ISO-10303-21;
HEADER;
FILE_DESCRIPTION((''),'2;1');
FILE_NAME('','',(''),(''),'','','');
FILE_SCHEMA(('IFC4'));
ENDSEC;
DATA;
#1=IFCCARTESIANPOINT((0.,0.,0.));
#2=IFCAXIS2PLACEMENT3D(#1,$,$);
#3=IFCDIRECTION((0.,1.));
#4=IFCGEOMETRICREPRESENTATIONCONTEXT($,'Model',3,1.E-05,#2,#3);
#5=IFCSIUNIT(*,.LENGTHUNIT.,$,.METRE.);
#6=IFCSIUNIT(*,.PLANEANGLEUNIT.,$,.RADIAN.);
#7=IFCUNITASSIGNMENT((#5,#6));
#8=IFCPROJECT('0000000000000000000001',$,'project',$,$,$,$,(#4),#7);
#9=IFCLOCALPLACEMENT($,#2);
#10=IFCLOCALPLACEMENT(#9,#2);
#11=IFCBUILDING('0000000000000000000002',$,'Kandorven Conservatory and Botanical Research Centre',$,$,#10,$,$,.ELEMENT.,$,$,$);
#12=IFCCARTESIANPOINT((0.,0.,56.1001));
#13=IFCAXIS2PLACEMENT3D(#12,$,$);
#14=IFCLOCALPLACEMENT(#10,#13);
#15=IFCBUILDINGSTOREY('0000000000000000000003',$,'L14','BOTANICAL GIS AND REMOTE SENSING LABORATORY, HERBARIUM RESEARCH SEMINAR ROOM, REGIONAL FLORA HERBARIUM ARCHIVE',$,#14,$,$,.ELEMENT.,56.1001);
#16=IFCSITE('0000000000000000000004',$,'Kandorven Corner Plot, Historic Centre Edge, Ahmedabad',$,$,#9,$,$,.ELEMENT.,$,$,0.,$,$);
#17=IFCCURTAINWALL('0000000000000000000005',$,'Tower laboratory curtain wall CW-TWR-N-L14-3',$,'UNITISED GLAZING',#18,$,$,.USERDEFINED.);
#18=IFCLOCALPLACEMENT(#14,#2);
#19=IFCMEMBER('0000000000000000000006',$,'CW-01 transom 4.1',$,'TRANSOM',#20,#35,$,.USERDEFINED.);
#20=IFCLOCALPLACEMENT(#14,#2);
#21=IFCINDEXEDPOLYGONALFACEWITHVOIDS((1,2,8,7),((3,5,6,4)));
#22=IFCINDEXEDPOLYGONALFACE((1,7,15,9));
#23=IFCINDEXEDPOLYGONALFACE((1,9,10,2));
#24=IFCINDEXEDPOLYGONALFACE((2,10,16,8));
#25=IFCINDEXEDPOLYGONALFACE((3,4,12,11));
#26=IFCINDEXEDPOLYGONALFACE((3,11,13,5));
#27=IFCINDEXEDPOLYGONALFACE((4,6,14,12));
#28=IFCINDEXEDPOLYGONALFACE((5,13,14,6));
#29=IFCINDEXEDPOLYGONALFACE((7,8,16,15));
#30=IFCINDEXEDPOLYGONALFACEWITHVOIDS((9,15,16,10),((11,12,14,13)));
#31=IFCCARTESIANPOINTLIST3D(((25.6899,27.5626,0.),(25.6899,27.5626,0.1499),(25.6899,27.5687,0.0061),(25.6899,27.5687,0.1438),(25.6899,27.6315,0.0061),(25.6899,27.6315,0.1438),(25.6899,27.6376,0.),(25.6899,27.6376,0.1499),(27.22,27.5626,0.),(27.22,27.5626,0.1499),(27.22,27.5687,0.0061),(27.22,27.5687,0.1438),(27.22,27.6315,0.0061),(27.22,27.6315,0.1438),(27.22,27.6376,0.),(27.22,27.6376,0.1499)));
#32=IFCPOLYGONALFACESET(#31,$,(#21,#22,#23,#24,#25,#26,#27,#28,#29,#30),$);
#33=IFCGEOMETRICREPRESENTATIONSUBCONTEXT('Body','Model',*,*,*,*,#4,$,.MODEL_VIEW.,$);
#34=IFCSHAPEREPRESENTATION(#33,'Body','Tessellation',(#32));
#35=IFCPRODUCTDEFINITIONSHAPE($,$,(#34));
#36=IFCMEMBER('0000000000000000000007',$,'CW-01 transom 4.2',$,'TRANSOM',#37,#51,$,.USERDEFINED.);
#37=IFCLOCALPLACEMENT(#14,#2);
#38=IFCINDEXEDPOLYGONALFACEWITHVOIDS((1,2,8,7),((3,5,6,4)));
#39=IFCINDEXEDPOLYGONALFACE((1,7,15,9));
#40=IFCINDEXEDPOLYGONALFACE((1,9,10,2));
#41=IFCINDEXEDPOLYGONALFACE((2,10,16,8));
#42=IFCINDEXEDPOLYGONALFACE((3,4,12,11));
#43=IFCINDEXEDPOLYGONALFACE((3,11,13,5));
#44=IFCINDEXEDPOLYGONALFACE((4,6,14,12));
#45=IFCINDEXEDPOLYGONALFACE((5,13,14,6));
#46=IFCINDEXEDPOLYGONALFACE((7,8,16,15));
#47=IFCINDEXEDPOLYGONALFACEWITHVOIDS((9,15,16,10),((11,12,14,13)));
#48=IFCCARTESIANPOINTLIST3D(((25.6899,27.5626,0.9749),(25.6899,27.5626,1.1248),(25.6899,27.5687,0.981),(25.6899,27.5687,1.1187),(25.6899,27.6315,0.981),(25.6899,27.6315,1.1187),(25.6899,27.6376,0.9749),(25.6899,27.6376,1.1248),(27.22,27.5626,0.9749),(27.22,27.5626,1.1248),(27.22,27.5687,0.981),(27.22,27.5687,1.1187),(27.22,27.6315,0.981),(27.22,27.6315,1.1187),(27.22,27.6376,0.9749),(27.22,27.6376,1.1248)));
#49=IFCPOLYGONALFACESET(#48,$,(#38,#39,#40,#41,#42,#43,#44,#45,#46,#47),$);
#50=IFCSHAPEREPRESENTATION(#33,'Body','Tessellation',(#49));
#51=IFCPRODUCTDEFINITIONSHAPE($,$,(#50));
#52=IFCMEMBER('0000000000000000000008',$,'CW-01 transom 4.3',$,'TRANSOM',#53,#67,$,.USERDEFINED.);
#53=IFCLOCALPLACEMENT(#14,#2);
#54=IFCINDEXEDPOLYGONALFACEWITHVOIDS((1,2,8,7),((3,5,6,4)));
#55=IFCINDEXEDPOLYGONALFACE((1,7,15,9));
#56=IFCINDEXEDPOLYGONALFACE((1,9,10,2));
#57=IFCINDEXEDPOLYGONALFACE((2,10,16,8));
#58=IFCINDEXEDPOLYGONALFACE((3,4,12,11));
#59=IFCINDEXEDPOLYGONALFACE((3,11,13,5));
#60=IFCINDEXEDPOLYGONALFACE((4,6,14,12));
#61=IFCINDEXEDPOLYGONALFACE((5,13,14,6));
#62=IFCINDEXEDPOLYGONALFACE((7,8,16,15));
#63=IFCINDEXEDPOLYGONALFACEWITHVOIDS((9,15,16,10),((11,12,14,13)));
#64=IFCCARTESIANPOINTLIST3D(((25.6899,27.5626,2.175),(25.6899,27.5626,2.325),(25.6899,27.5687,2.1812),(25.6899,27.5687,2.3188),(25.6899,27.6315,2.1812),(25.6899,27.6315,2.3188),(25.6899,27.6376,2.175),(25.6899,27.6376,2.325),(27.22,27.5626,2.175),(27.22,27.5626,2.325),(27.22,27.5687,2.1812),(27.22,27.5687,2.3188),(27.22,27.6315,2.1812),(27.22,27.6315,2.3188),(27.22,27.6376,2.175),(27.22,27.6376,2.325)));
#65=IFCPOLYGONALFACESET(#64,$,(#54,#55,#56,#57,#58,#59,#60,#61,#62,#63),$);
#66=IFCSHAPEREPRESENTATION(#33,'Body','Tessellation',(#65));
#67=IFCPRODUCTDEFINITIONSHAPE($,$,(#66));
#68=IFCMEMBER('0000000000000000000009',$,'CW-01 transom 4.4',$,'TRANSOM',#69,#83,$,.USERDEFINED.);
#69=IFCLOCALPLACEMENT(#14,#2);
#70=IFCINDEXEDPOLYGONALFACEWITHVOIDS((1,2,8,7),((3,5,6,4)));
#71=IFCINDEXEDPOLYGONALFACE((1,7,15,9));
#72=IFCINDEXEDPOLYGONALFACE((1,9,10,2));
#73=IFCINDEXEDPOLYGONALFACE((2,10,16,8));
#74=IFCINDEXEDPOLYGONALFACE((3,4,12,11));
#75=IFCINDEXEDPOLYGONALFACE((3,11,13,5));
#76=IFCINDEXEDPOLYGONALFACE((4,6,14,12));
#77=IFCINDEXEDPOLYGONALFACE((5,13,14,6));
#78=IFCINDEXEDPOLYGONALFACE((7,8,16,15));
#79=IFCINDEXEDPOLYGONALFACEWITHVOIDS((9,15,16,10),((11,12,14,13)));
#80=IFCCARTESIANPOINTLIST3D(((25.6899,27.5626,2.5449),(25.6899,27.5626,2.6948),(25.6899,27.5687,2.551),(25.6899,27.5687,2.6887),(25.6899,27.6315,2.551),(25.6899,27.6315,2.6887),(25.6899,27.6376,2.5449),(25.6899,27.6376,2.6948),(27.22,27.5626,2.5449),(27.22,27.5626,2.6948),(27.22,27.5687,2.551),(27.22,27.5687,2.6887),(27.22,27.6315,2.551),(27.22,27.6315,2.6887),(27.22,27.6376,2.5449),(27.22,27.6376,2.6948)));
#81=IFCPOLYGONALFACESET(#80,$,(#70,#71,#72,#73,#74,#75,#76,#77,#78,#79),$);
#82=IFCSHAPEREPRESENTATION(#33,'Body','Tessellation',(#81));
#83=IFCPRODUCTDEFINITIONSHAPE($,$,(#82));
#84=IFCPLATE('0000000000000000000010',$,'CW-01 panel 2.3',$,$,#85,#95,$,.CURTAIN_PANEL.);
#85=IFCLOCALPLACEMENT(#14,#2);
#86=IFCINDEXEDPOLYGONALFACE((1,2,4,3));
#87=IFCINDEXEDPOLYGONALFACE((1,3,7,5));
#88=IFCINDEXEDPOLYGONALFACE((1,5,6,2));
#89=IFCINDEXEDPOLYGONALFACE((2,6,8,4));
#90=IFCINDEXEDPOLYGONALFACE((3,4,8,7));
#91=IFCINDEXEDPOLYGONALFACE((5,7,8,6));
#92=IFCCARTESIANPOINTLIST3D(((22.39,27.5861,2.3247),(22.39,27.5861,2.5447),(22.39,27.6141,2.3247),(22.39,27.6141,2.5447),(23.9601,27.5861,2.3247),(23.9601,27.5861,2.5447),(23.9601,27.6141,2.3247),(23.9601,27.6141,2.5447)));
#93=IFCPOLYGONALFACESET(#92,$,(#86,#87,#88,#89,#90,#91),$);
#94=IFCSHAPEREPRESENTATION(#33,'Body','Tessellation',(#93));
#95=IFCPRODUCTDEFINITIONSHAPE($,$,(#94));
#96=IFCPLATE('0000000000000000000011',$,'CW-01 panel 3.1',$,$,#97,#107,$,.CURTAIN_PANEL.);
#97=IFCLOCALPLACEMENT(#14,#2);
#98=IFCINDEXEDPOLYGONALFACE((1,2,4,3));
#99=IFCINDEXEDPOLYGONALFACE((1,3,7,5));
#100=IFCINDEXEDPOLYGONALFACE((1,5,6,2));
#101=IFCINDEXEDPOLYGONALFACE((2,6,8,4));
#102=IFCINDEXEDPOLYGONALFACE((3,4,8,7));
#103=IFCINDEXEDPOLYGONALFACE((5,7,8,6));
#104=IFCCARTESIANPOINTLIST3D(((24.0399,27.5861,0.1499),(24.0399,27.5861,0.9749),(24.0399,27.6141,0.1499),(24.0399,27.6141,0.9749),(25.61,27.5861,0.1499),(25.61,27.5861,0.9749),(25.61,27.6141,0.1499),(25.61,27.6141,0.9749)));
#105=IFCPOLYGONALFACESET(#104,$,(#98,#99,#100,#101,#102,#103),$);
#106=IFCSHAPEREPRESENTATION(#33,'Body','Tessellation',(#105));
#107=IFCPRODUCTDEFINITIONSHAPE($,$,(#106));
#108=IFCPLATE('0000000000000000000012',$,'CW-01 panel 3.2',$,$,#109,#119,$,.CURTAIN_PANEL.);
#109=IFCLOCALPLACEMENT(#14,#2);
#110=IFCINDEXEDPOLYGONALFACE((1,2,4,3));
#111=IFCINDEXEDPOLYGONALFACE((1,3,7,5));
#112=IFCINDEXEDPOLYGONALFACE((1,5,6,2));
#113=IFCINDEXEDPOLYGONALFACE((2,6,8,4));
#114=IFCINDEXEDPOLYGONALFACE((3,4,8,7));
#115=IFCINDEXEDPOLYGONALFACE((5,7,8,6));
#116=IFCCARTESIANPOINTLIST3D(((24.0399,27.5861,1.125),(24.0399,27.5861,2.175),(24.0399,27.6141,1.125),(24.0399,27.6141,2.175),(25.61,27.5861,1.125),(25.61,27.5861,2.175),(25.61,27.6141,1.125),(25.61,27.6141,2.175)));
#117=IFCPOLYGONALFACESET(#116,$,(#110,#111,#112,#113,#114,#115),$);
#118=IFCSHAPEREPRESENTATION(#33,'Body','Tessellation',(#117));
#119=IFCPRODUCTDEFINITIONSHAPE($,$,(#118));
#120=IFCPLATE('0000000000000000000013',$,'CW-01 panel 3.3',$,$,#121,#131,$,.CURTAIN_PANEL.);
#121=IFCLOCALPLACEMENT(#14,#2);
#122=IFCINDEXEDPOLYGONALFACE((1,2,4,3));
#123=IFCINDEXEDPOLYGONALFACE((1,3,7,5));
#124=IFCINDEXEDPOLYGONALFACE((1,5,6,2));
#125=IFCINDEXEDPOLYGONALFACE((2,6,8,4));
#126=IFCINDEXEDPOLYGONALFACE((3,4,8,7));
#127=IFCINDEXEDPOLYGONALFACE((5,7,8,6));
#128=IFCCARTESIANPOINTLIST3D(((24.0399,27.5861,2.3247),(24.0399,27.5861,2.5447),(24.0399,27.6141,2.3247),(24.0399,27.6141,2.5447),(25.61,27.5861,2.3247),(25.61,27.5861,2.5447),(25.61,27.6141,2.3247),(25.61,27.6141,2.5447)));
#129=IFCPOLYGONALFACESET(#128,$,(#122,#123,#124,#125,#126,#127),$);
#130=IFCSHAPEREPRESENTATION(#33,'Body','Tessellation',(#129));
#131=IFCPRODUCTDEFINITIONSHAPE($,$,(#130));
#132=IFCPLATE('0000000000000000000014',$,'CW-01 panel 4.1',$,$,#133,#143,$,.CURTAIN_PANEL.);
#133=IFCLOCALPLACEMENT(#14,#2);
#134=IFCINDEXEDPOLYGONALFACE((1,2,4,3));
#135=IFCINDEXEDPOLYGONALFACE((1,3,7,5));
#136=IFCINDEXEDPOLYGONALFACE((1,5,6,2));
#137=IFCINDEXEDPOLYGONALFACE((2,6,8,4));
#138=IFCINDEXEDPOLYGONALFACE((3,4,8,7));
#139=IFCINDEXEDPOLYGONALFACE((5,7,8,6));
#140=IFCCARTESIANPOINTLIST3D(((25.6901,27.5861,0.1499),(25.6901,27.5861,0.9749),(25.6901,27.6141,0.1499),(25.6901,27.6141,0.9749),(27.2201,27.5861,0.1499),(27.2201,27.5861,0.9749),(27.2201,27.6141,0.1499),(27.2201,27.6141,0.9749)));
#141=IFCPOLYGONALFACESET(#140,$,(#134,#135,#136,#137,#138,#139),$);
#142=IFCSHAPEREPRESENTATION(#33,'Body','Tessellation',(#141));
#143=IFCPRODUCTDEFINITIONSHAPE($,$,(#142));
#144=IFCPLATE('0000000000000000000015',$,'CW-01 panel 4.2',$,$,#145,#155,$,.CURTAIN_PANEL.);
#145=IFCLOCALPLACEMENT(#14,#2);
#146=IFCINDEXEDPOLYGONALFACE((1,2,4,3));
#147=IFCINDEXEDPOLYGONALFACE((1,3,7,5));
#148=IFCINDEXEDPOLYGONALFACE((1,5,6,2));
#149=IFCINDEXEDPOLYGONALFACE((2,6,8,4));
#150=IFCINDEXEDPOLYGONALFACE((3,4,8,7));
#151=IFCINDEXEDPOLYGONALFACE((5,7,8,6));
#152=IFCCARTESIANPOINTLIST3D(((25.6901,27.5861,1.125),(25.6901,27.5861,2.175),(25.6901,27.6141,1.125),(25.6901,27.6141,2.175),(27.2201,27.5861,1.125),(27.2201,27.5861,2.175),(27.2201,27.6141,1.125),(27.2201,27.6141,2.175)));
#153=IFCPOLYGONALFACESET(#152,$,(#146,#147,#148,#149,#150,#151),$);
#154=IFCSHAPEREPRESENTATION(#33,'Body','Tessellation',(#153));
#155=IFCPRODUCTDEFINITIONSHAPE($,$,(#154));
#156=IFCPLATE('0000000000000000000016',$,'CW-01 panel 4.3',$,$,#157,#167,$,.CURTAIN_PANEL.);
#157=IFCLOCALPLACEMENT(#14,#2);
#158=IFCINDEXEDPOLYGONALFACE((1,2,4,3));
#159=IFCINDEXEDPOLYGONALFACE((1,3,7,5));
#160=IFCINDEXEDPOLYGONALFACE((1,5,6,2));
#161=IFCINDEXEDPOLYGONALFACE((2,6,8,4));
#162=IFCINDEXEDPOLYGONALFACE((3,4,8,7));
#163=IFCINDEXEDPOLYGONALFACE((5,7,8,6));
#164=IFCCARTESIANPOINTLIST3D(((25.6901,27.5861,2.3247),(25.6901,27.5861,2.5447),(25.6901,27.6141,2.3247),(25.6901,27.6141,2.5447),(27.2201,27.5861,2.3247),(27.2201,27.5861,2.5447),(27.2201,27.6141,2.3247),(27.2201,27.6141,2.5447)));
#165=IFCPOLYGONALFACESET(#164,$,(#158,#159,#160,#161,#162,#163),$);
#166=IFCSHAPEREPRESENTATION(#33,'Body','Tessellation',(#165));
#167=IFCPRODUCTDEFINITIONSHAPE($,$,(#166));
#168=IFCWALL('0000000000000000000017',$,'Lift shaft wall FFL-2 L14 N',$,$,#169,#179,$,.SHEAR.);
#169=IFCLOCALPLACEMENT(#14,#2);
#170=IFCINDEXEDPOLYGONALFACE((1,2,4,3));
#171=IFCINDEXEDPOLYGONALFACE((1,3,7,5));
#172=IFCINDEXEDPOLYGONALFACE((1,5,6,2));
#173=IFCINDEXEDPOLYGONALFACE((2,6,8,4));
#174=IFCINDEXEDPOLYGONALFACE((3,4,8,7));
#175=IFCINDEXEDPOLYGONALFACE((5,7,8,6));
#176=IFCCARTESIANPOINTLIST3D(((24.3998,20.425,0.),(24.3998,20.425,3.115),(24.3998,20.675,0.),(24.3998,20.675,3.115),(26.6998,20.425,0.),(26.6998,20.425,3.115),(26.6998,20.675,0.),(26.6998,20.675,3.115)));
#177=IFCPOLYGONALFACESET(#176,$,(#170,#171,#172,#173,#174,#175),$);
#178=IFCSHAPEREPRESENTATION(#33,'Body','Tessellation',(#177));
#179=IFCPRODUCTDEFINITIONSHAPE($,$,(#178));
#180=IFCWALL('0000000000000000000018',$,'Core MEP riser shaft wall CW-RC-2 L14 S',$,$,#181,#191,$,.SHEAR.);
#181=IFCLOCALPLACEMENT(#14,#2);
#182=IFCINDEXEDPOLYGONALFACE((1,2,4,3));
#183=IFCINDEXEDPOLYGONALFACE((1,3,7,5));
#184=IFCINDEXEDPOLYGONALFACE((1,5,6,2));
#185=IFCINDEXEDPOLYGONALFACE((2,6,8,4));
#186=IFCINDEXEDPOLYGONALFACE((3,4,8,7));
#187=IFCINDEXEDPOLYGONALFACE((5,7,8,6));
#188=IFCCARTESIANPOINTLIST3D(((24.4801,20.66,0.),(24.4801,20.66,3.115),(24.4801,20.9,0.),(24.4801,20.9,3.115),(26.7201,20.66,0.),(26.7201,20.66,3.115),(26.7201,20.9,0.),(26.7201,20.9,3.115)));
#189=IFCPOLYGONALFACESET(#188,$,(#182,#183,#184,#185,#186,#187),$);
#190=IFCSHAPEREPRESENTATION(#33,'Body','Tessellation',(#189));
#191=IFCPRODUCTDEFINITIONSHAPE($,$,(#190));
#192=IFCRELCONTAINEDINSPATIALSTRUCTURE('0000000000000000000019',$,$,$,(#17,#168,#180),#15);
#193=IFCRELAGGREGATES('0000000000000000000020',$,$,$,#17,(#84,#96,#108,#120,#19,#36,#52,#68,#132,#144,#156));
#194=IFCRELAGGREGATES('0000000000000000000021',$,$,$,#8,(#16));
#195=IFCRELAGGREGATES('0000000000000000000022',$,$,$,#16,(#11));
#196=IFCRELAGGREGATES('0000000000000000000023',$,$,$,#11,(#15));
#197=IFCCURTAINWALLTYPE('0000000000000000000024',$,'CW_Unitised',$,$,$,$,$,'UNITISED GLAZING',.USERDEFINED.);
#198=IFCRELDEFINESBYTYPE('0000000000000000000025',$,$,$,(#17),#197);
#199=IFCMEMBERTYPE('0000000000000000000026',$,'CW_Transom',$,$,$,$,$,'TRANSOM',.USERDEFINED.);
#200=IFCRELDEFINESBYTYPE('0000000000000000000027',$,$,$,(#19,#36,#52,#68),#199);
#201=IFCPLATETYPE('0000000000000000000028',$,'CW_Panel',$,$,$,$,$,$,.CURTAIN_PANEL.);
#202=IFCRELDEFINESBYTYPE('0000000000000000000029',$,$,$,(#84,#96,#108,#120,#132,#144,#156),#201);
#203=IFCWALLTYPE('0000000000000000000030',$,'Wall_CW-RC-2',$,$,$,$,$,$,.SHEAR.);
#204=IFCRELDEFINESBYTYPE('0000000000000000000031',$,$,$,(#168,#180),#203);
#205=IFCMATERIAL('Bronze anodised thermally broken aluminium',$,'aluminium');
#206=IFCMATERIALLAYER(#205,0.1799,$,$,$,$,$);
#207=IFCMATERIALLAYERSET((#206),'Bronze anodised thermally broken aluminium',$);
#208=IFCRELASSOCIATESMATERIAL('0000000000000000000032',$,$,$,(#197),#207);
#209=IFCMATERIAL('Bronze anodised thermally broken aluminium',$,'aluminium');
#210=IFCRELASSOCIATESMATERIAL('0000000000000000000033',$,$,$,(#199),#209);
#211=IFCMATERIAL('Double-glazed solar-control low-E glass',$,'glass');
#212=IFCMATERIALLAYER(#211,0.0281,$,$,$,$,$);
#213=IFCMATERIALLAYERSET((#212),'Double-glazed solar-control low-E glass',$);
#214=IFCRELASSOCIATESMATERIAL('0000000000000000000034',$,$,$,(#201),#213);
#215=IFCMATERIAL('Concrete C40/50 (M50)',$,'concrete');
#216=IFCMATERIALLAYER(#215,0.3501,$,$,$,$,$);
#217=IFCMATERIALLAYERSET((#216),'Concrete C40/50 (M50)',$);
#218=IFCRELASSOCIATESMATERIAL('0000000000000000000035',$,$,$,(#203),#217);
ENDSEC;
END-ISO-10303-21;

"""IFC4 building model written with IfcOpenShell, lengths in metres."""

from ifc_helpers import new_model, si_unit, direction, frame, frame_2d, origin, origin_2d, place, context, subcontext, project, spatial, rectangle, hollow_rectangle, extrude, material, layer, layer_set, material_profile, profile_set, type_object, element, aggregate, save


model = new_model("IFC4")

# Units and contexts
model_context = context("Model", 3, precision=1e-05, world=origin(), true_north=direction((0.0, 1.0)))
body_context = subcontext(model_context, "Body", "Model", "MODEL_VIEW")
ifc_project = project(units=[si_unit("LENGTHUNIT", "METRE"), si_unit("PLANEANGLEUNIT", "RADIAN")], contexts=[model_context])

# Site, building, storey
site_placement = place(None, origin())
site = spatial("IfcSite", under=ifc_project, at=site_placement, Name="Kandorven Corner Plot, Historic Centre Edge, Ahmedabad", CompositionType="ELEMENT", RefElevation=0.0)
building_placement = place(site_placement, origin())
building = spatial("IfcBuilding", under=site, at=building_placement, Name="Kandorven Conservatory and Botanical Research Centre", CompositionType="ELEMENT")
storey_placement = place(building_placement, frame((0.0, 0.0, 56.1001)))
storey = spatial("IfcBuildingStorey", under=building, at=storey_placement, Name="L14", Description="BOTANICAL GIS AND REMOTE SENSING LABORATORY, HERBARIUM RESEARCH SEMINAR ROOM, REGIONAL FLORA HERBARIUM ARCHIVE", CompositionType="ELEMENT", Elevation=56.1001)

# Curtain wall, members, plates
ifc_material_1 = material(Name="Bronze anodised thermally broken aluminium", Category="aluminium")
ifc_layer_1 = layer(ifc_material_1, 0.1799)
ifc_layer_set_1 = layer_set([ifc_layer_1], Name="Bronze anodised thermally broken aluminium")
curtain_wall_type = type_object("IfcCurtainWallType", Name="CW_Unitised", ElementType="UNITISED GLAZING", PredefinedType="USERDEFINED", material=ifc_layer_set_1)
curtain_wall_placement = place(storey_placement, origin())
curtain_wall = element("IfcCurtainWall", 1, at=curtain_wall_placement, inside=storey, type_object=curtain_wall_type, Name="Tower laboratory curtain wall CW-TWR-N-L14-3", ObjectType="UNITISED GLAZING", PredefinedType="USERDEFINED")
ifc_material_2 = material(Name="Bronze anodised thermally broken aluminium", Category="aluminium")
ifc_material_profile_1 = material_profile(ifc_material_2, hollow_rectangle(XDim=0.075, YDim=0.1499, WallThickness=0.0061, at=origin_2d()))
ifc_profile_set_1 = profile_set([ifc_material_profile_1], Name="Bronze anodised thermally broken aluminium")
member_type_1 = type_object("IfcMemberType", Name="CW_Transom", ElementType="TRANSOM", PredefinedType="USERDEFINED", material=ifc_profile_set_1)
member_1_placement = place(storey_placement, frame((25.6899, 27.6001, 0.075), z_axis=(1.0, 0.0, 0.0), x_axis=(0.0, 1.0, 0.0)))
member_1 = element("IfcMember", 2, at=member_1_placement, type_object=member_type_1, Name="CW-01 transom 4.1", ObjectType="TRANSOM", PredefinedType="USERDEFINED", context=body_context, shape_type="SweptSolid", body=[
    extrude(hollow_rectangle(XDim=0.075, YDim=0.1499, WallThickness=0.0061, at=origin_2d()), origin(), (0.0, 0.0, 1.0), 1.53),
])
member_2_placement = place(storey_placement, frame((25.6899, 27.6001, 1.0498), z_axis=(1.0, 0.0, 0.0), x_axis=(0.0, 1.0, 0.0)))
member_2 = element("IfcMember", 3, at=member_2_placement, type_object=member_type_1, Name="CW-01 transom 4.2", ObjectType="TRANSOM", PredefinedType="USERDEFINED", context=body_context, shape_type="SweptSolid", body=[
    extrude(hollow_rectangle(XDim=0.075, YDim=0.1499, WallThickness=0.0061, at=origin_2d()), origin(), (0.0, 0.0, 1.0), 1.53),
])
member_3_placement = place(storey_placement, frame((25.6899, 27.6001, 2.25), z_axis=(1.0, 0.0, 0.0), x_axis=(0.0, 1.0, 0.0)))
member_3 = element("IfcMember", 4, at=member_3_placement, type_object=member_type_1, Name="CW-01 transom 4.3", ObjectType="TRANSOM", PredefinedType="USERDEFINED", context=body_context, shape_type="SweptSolid", body=[
    extrude(hollow_rectangle(XDim=0.075, YDim=0.1499, WallThickness=0.0061, at=origin_2d()), origin(), (0.0, 0.0, 1.0), 1.53),
])
member_4_placement = place(storey_placement, frame((25.6899, 27.6001, 2.6199), z_axis=(1.0, 0.0, 0.0), x_axis=(0.0, 1.0, 0.0)))
member_4 = element("IfcMember", 5, at=member_4_placement, type_object=member_type_1, Name="CW-01 transom 4.4", ObjectType="TRANSOM", PredefinedType="USERDEFINED", context=body_context, shape_type="SweptSolid", body=[
    extrude(hollow_rectangle(XDim=0.075, YDim=0.1499, WallThickness=0.0061, at=origin_2d()), origin(), (0.0, 0.0, 1.0), 1.53),
])
ifc_material_3 = material(Name="Double-glazed solar-control low-E glass", Category="glass")
ifc_layer_2 = layer(ifc_material_3, 0.0281)
ifc_layer_set_2 = layer_set([ifc_layer_2], Name="Double-glazed solar-control low-E glass")
plate_type = type_object("IfcPlateType", Name="CW_Panel", PredefinedType="CURTAIN_PANEL", material=ifc_layer_set_2)
plate_1_placement = place(storey_placement, frame((23.175, 27.6001, 2.3247), z_axis=(0.0, 0.0, 1.0), x_axis=(1.0, 0.0, 0.0)))
plate_1 = element("IfcPlate", 6, at=plate_1_placement, type_object=plate_type, Name="CW-01 panel 2.3", PredefinedType="CURTAIN_PANEL", context=body_context, shape_type="SweptSolid", body=[
    extrude(rectangle(XDim=1.5701, YDim=0.0281, at=origin_2d()), origin(), (0.0, 0.0, 1.0), 0.22),
])
plate_2_placement = place(storey_placement, frame((24.825, 27.6001, 0.1499), z_axis=(0.0, 0.0, 1.0), x_axis=(1.0, 0.0, 0.0)))
plate_2 = element("IfcPlate", 7, at=plate_2_placement, type_object=plate_type, Name="CW-01 panel 3.1", PredefinedType="CURTAIN_PANEL", context=body_context, shape_type="SweptSolid", body=[
    extrude(rectangle(XDim=1.5701, YDim=0.0281, at=origin_2d()), origin(), (0.0, 0.0, 1.0), 0.825),
])
plate_3_placement = place(storey_placement, frame((24.825, 27.6001, 1.125), z_axis=(0.0, 0.0, 1.0), x_axis=(1.0, 0.0, 0.0)))
plate_3 = element("IfcPlate", 8, at=plate_3_placement, type_object=plate_type, Name="CW-01 panel 3.2", PredefinedType="CURTAIN_PANEL", context=body_context, shape_type="SweptSolid", body=[
    extrude(rectangle(XDim=1.5701, YDim=0.0281, at=origin_2d()), origin(), (0.0, 0.0, 1.0), 1.05),
])
plate_4_placement = place(storey_placement, frame((24.825, 27.6001, 2.3247), z_axis=(0.0, 0.0, 1.0), x_axis=(1.0, 0.0, 0.0)))
plate_4 = element("IfcPlate", 9, at=plate_4_placement, type_object=plate_type, Name="CW-01 panel 3.3", PredefinedType="CURTAIN_PANEL", context=body_context, shape_type="SweptSolid", body=[
    extrude(rectangle(XDim=1.5701, YDim=0.0281, at=origin_2d()), origin(), (0.0, 0.0, 1.0), 0.22),
])
plate_5_placement = place(storey_placement, frame((26.4551, 27.6001, 0.1499), z_axis=(0.0, 0.0, 1.0), x_axis=(1.0, 0.0, 0.0)))
plate_5 = element("IfcPlate", 10, at=plate_5_placement, type_object=plate_type, Name="CW-01 panel 4.1", PredefinedType="CURTAIN_PANEL", context=body_context, shape_type="SweptSolid", body=[
    extrude(rectangle(XDim=1.53, YDim=0.0281, at=origin_2d()), origin(), (0.0, 0.0, 1.0), 0.825),
])
plate_6_placement = place(storey_placement, frame((26.4551, 27.6001, 1.125), z_axis=(0.0, 0.0, 1.0), x_axis=(1.0, 0.0, 0.0)))
plate_6 = element("IfcPlate", 11, at=plate_6_placement, type_object=plate_type, Name="CW-01 panel 4.2", PredefinedType="CURTAIN_PANEL", context=body_context, shape_type="SweptSolid", body=[
    extrude(rectangle(XDim=1.53, YDim=0.0281, at=origin_2d()), origin(), (0.0, 0.0, 1.0), 1.05),
])
plate_7_placement = place(storey_placement, frame((26.4551, 27.6001, 2.3247), z_axis=(0.0, 0.0, 1.0), x_axis=(1.0, 0.0, 0.0)))
plate_7 = element("IfcPlate", 12, at=plate_7_placement, type_object=plate_type, Name="CW-01 panel 4.3", PredefinedType="CURTAIN_PANEL", context=body_context, shape_type="SweptSolid", body=[
    extrude(rectangle(XDim=1.53, YDim=0.0281, at=origin_2d()), origin(), (0.0, 0.0, 1.0), 0.22),
])
aggregate(curtain_wall, [plate_1, plate_2, plate_3, plate_4, member_1, member_2, member_3, member_4, plate_5, plate_6, plate_7])

# Walls
ifc_material_4 = material(Name="Concrete C40/50 (M50)", Category="concrete")
ifc_layer_3 = layer(ifc_material_4, 0.3501)
ifc_layer_set_3 = layer_set([ifc_layer_3], Name="Concrete C40/50 (M50)")
wall_type_1 = type_object("IfcWallType", Name="Wall_CW-RC-2", PredefinedType="SHEAR", material=ifc_layer_set_3)
wall_1_placement = place(storey_placement, frame((24.3999, 20.55, 0.0), z_axis=(0.0, 0.0, 1.0), x_axis=(1.0, 0.0, 0.0)))
element("IfcWall", 13, at=wall_1_placement, inside=storey, type_object=wall_type_1, Name="Lift shaft wall FFL-2 L14 N", PredefinedType="SHEAR", context=body_context, shape_type="SweptSolid", body=[
    extrude(rectangle(XDim=2.3, YDim=0.25, at=frame_2d((1.1499, 0.0))), origin(), (0.0, 0.0, 1.0), 3.115),
])
for number, where, z_axis, x_axis, name in (
    (14, (24.48, 20.78, 0.0), (0.0, 0.0, 1.0), (1.0, 0.0, 0.0), "Core MEP riser shaft wall CW-RC-2 L14 S"),
):
    element("IfcWall", number, at=place(storey_placement, frame(where, z_axis=z_axis, x_axis=x_axis)), inside=storey, type_object=wall_type_1, Name=name, PredefinedType="SHEAR", context=body_context, shape_type="SweptSolid", body=[
        extrude(rectangle(XDim=2.24, YDim=0.24, at=frame_2d((1.1201, 0.0))), origin(), (0.0, 0.0, 1.0), 3.115),
    ])

save(model, "model.ifc")
